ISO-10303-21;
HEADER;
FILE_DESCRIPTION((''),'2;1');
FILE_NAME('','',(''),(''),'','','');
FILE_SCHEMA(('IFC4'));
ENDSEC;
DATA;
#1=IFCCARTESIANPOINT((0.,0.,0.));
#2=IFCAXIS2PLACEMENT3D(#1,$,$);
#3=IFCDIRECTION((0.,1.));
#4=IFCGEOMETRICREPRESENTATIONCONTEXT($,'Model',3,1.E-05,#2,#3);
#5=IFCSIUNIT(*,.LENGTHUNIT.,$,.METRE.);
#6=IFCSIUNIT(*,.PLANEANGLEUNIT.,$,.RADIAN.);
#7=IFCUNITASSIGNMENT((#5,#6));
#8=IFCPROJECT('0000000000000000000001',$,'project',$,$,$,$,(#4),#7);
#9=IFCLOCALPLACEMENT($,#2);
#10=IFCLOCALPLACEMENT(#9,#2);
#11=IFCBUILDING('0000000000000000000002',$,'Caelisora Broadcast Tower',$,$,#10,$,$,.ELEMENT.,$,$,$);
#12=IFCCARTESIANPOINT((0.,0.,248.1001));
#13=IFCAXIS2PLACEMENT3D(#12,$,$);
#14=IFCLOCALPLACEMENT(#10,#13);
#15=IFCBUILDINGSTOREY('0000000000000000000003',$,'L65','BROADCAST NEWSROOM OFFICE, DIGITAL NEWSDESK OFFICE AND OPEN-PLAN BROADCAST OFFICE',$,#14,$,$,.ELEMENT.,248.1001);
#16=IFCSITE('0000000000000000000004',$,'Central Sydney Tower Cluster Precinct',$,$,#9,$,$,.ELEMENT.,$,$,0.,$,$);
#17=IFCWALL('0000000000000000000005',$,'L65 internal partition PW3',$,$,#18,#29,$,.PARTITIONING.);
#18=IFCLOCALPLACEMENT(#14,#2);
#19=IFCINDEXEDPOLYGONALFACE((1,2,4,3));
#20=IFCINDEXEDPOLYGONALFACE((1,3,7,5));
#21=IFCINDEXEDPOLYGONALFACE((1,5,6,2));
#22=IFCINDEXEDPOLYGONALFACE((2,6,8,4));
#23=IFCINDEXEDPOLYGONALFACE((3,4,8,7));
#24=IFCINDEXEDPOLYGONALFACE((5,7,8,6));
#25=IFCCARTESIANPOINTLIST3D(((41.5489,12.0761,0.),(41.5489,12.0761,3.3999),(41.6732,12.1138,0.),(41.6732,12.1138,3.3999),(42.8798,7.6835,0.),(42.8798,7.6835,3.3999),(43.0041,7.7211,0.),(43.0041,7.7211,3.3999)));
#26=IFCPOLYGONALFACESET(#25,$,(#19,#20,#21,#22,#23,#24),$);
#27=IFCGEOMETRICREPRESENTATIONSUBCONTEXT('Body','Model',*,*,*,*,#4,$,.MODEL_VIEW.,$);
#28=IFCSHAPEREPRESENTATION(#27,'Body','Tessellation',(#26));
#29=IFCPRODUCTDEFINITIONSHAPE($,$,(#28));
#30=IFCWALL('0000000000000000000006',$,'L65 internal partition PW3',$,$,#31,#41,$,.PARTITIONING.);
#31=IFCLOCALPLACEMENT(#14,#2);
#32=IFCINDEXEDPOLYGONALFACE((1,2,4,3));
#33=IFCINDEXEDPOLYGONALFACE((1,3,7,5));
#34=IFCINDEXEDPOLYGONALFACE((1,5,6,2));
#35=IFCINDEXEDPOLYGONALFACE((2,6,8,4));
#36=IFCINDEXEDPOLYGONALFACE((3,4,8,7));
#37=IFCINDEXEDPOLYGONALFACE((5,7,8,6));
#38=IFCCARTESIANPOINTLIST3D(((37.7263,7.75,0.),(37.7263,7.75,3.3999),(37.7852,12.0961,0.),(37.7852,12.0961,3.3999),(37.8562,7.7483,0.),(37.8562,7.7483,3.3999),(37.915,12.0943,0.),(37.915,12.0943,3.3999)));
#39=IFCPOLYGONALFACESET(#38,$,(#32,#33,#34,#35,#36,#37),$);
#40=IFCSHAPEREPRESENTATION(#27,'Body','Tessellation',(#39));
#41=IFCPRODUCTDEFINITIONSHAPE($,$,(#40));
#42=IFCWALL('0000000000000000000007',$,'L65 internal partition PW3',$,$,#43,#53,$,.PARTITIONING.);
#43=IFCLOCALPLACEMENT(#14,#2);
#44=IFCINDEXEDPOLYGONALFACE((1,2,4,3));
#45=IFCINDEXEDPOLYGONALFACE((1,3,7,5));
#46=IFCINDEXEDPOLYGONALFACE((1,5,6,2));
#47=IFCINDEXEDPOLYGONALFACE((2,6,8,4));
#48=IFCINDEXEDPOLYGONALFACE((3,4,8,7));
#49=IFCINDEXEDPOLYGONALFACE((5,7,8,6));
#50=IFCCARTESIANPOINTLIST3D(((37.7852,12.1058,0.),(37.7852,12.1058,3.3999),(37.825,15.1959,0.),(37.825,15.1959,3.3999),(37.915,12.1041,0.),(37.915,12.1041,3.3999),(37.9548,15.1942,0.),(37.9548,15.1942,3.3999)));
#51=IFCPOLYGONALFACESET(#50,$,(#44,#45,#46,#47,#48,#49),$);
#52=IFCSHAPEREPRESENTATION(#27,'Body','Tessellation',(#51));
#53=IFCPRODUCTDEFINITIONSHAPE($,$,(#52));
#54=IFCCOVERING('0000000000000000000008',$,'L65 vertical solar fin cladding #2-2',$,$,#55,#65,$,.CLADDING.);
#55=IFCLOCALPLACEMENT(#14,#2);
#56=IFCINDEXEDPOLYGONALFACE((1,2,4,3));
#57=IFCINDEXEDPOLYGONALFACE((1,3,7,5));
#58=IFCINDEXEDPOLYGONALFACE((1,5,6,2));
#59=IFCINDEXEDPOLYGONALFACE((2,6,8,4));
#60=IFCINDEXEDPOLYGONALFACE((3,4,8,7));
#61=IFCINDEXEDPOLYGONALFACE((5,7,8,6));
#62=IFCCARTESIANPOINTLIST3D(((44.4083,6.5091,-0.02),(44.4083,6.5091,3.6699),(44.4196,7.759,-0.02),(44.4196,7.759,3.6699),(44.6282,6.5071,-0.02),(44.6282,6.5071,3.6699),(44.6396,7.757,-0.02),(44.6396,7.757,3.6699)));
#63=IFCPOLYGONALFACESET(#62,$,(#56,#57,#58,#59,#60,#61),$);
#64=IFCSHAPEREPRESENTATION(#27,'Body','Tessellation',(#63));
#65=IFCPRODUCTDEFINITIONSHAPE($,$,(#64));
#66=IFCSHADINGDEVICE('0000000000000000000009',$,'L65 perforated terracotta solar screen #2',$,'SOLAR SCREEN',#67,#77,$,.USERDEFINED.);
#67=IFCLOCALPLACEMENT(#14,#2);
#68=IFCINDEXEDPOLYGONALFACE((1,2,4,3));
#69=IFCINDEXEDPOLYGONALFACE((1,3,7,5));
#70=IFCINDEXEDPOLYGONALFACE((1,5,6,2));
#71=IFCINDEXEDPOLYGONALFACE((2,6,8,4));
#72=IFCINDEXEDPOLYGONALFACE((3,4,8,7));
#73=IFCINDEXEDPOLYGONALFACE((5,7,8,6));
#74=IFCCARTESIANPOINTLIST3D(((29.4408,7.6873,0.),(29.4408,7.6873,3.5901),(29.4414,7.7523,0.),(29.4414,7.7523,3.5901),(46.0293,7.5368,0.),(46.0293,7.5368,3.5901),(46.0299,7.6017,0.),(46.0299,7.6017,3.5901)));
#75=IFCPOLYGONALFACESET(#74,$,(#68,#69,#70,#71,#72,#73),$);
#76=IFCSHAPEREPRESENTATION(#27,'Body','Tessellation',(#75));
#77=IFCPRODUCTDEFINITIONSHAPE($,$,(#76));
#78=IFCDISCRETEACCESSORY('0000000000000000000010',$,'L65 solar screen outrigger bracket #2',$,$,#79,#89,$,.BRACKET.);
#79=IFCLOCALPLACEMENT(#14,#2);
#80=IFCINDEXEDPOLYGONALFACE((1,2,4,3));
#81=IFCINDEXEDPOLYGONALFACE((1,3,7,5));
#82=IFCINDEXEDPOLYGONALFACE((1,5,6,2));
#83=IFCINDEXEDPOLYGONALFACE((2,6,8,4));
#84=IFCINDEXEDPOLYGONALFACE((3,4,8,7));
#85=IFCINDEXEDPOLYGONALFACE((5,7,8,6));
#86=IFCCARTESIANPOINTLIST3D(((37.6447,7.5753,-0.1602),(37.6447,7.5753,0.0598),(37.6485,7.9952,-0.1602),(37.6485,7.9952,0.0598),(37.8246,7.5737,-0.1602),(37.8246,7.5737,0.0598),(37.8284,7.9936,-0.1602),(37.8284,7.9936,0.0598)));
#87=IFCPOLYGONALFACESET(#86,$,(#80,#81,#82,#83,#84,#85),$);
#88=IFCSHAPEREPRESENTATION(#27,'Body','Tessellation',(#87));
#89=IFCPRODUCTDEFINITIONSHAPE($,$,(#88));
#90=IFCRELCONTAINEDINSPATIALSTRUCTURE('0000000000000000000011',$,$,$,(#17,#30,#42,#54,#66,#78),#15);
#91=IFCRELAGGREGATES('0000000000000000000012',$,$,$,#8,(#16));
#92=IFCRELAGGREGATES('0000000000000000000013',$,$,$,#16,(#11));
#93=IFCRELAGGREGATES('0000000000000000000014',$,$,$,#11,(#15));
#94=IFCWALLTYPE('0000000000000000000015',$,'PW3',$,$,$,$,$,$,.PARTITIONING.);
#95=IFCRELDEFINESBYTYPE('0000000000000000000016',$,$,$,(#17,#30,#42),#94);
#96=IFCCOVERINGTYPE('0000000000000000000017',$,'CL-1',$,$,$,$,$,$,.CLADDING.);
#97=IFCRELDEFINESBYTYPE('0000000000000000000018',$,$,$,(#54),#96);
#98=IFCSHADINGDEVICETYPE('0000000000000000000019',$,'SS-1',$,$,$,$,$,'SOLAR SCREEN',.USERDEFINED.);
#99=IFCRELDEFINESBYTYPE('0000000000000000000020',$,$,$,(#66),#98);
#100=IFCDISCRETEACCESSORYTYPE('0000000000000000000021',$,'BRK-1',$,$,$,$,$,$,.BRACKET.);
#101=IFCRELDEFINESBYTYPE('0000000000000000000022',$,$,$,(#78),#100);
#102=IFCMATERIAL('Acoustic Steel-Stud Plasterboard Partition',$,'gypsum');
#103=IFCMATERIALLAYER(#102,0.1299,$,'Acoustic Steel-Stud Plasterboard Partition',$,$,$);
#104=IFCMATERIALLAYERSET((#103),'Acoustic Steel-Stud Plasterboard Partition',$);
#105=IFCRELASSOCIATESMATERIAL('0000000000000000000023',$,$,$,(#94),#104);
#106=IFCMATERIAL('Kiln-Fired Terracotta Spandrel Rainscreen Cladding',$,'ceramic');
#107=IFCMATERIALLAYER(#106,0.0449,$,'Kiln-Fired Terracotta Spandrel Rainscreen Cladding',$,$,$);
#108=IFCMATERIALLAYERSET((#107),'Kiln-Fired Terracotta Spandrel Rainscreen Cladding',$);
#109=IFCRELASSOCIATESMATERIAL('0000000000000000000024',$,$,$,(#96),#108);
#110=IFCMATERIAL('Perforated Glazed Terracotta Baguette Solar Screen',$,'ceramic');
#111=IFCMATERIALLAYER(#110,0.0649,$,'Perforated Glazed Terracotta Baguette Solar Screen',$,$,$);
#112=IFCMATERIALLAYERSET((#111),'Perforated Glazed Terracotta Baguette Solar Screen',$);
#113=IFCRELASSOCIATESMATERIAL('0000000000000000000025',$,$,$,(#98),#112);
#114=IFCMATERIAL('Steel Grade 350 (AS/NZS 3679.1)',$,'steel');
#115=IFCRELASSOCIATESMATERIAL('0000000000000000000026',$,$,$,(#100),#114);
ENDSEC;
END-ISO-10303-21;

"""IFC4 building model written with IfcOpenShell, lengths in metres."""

from ifc_helpers import new_model, si_unit, direction, frame, frame_2d, origin, origin_2d, place, context, subcontext, project, spatial, rectangle, extrude, source, transform, mapped, material, layer, layer_set, type_object, type_shapes, element, save


model = new_model("IFC4")

# Units and contexts
model_context = context("Model", 3, precision=1e-05, world=origin(), true_north=direction((0.0, 1.0)))
body_context = subcontext(model_context, "Body", "Model", "MODEL_VIEW")
ifc_project = project(units=[si_unit("LENGTHUNIT", "METRE"), si_unit("PLANEANGLEUNIT", "RADIAN")], contexts=[model_context])

# Site, building, storey
site_placement = place(None, origin())
site = spatial("IfcSite", under=ifc_project, at=site_placement, Name="Central Sydney Tower Cluster Precinct", CompositionType="ELEMENT", RefElevation=0.0)
building_placement = place(site_placement, origin())
building = spatial("IfcBuilding", under=site, at=building_placement, Name="Caelisora Broadcast Tower", CompositionType="ELEMENT")
storey_placement = place(building_placement, frame((0.0, 0.0, 248.1001)))
storey = spatial("IfcBuildingStorey", under=building, at=storey_placement, Name="L65", Description="BROADCAST NEWSROOM OFFICE, DIGITAL NEWSDESK OFFICE AND OPEN-PLAN BROADCAST OFFICE", CompositionType="ELEMENT", Elevation=248.1001)

# Shared definitions
ifc_material_1 = material(Name="Steel Grade 350 (AS/NZS 3679.1)", Category="steel")

# Shared definitions
ifc_material_2 = material(Name="Acoustic Steel-Stud Plasterboard Partition", Category="gypsum")
ifc_layer_1 = layer(ifc_material_2, 0.1299, Name="Acoustic Steel-Stud Plasterboard Partition")
ifc_layer_set_1 = layer_set([ifc_layer_1], Name="Acoustic Steel-Stud Plasterboard Partition")
wall_type = type_object("IfcWallType", Name="PW3", PredefinedType="PARTITIONING", material=ifc_layer_set_1)

# Walls
wall_1_placement = place(storey_placement, frame((41.6111, 12.095, 0.0), z_axis=(0.0, 0.0, 1.0), x_axis=(0.289953, -0.957041, 0.0)))
element("IfcWall", 1, at=wall_1_placement, inside=storey, type_object=wall_type, Name="L65 internal partition PW3", PredefinedType="PARTITIONING", context=body_context, shape_type="SweptSolid", body=[
    extrude(rectangle(XDim=4.5898, YDim=0.1299, at=frame_2d((2.2949, 0.0))), origin(), (0.0, 0.0, 1.0), 3.3999),
])
wall_2_placement = place(storey_placement, frame((37.7913, 7.749, 0.0), z_axis=(0.0, 0.0, 1.0), x_axis=(0.013537, 0.999908, 0.0)))
element("IfcWall", 2, at=wall_2_placement, inside=storey, type_object=wall_type, Name="L65 internal partition PW3", PredefinedType="PARTITIONING", context=body_context, shape_type="SweptSolid", body=[
    extrude(rectangle(XDim=4.3464, YDim=0.1299, at=frame_2d((2.1733, 0.0))), origin(), (0.0, 0.0, 1.0), 3.3999),
])
wall_3_placement = place(storey_placement, frame((37.8501, 12.105, 0.0), z_axis=(0.0, 0.0, 1.0), x_axis=(0.012877, 0.999917, 0.0)))
element("IfcWall", 3, at=wall_3_placement, inside=storey, type_object=wall_type, Name="L65 internal partition PW3", PredefinedType="PARTITIONING", context=body_context, shape_type="SweptSolid", body=[
    extrude(rectangle(XDim=3.0903, YDim=0.1299, at=frame_2d((1.5452, 0.0))), origin(), (0.0, 0.0, 1.0), 3.3999),
])

# Covering
ifc_material_3 = material(Name="Kiln-Fired Terracotta Spandrel Rainscreen Cladding", Category="ceramic")
ifc_layer_2 = layer(ifc_material_3, 0.0449, Name="Kiln-Fired Terracotta Spandrel Rainscreen Cladding")
ifc_layer_set_2 = layer_set([ifc_layer_2], Name="Kiln-Fired Terracotta Spandrel Rainscreen Cladding")
covering_type = type_object("IfcCoveringType", Name="CL-1", PredefinedType="CLADDING", material=ifc_layer_set_2)
shared_shape_1 = source(origin(), body_context, "Body", "SweptSolid", [
    extrude(rectangle(XDim=0.22, YDim=1.25, at=origin_2d()), origin(), (0.0, 0.0, 1.0), 3.6899),
])
type_shapes(covering_type, [shared_shape_1])
covering_placement = place(storey_placement, frame((44.5239, 7.1331, -0.02), z_axis=(0.0, 0.0, 1.0), x_axis=(-0.999959, 0.009076, 0.0)))
element("IfcCovering", 4, at=covering_placement, inside=storey, type_object=covering_type, Name="L65 vertical solar fin cladding #2-2", PredefinedType="CLADDING", context=body_context, shape_type="MappedRepresentation", body=[
    mapped(shared_shape_1, transform((0.0, 0.0, 0.0), scale=1.0)),
])

# Shading device
ifc_material_4 = material(Name="Perforated Glazed Terracotta Baguette Solar Screen", Category="ceramic")
ifc_layer_3 = layer(ifc_material_4, 0.0649, Name="Perforated Glazed Terracotta Baguette Solar Screen")
ifc_layer_set_3 = layer_set([ifc_layer_3], Name="Perforated Glazed Terracotta Baguette Solar Screen")
shading_device_type = type_object("IfcShadingDeviceType", Name="SS-1", ElementType="SOLAR SCREEN", PredefinedType="USERDEFINED", material=ifc_layer_set_3)
shared_shape_2 = source(origin(), body_context, "Body", "SweptSolid", [
    extrude(rectangle(XDim=16.5891, YDim=0.0649, at=origin_2d()), origin(), (0.0, 0.0, 1.0), 3.5901),
])
type_shapes(shading_device_type, [shared_shape_2])
shading_device_placement = place(storey_placement, frame((37.7354, 7.6445, 0.0), z_axis=(0.0, 0.0, 1.0), x_axis=(0.999959, -0.009076, 0.0)))
element("IfcShadingDevice", 5, at=shading_device_placement, inside=storey, type_object=shading_device_type, Name="L65 perforated terracotta solar screen #2", ObjectType="SOLAR SCREEN", PredefinedType="USERDEFINED", context=body_context, shape_type="MappedRepresentation", body=[
    mapped(shared_shape_2, transform((0.0, 0.0, 0.0), scale=1.0)),
])

# Discrete accessory
discrete_accessory_type = type_object("IfcDiscreteAccessoryType", Name="BRK-1", PredefinedType="BRACKET", material=ifc_material_1)
shared_shape_3 = source(origin(), body_context, "Body", "SweptSolid", [
    extrude(rectangle(XDim=0.1799, YDim=0.4199, at=origin_2d()), origin(), (0.0, 0.0, 1.0), 0.22),
])
type_shapes(discrete_accessory_type, [shared_shape_3])
discrete_accessory_placement = place(storey_placement, frame((37.7366, 7.7844, -0.1602), z_axis=(0.0, 0.0, 1.0), x_axis=(0.999959, -0.009076, 0.0)))
element("IfcDiscreteAccessory", 6, at=discrete_accessory_placement, inside=storey, type_object=discrete_accessory_type, Name="L65 solar screen outrigger bracket #2", PredefinedType="BRACKET", context=body_context, shape_type="MappedRepresentation", body=[
    mapped(shared_shape_3, transform((0.0, 0.0, 0.0), scale=1.0)),
])

save(model, "model.ifc")
